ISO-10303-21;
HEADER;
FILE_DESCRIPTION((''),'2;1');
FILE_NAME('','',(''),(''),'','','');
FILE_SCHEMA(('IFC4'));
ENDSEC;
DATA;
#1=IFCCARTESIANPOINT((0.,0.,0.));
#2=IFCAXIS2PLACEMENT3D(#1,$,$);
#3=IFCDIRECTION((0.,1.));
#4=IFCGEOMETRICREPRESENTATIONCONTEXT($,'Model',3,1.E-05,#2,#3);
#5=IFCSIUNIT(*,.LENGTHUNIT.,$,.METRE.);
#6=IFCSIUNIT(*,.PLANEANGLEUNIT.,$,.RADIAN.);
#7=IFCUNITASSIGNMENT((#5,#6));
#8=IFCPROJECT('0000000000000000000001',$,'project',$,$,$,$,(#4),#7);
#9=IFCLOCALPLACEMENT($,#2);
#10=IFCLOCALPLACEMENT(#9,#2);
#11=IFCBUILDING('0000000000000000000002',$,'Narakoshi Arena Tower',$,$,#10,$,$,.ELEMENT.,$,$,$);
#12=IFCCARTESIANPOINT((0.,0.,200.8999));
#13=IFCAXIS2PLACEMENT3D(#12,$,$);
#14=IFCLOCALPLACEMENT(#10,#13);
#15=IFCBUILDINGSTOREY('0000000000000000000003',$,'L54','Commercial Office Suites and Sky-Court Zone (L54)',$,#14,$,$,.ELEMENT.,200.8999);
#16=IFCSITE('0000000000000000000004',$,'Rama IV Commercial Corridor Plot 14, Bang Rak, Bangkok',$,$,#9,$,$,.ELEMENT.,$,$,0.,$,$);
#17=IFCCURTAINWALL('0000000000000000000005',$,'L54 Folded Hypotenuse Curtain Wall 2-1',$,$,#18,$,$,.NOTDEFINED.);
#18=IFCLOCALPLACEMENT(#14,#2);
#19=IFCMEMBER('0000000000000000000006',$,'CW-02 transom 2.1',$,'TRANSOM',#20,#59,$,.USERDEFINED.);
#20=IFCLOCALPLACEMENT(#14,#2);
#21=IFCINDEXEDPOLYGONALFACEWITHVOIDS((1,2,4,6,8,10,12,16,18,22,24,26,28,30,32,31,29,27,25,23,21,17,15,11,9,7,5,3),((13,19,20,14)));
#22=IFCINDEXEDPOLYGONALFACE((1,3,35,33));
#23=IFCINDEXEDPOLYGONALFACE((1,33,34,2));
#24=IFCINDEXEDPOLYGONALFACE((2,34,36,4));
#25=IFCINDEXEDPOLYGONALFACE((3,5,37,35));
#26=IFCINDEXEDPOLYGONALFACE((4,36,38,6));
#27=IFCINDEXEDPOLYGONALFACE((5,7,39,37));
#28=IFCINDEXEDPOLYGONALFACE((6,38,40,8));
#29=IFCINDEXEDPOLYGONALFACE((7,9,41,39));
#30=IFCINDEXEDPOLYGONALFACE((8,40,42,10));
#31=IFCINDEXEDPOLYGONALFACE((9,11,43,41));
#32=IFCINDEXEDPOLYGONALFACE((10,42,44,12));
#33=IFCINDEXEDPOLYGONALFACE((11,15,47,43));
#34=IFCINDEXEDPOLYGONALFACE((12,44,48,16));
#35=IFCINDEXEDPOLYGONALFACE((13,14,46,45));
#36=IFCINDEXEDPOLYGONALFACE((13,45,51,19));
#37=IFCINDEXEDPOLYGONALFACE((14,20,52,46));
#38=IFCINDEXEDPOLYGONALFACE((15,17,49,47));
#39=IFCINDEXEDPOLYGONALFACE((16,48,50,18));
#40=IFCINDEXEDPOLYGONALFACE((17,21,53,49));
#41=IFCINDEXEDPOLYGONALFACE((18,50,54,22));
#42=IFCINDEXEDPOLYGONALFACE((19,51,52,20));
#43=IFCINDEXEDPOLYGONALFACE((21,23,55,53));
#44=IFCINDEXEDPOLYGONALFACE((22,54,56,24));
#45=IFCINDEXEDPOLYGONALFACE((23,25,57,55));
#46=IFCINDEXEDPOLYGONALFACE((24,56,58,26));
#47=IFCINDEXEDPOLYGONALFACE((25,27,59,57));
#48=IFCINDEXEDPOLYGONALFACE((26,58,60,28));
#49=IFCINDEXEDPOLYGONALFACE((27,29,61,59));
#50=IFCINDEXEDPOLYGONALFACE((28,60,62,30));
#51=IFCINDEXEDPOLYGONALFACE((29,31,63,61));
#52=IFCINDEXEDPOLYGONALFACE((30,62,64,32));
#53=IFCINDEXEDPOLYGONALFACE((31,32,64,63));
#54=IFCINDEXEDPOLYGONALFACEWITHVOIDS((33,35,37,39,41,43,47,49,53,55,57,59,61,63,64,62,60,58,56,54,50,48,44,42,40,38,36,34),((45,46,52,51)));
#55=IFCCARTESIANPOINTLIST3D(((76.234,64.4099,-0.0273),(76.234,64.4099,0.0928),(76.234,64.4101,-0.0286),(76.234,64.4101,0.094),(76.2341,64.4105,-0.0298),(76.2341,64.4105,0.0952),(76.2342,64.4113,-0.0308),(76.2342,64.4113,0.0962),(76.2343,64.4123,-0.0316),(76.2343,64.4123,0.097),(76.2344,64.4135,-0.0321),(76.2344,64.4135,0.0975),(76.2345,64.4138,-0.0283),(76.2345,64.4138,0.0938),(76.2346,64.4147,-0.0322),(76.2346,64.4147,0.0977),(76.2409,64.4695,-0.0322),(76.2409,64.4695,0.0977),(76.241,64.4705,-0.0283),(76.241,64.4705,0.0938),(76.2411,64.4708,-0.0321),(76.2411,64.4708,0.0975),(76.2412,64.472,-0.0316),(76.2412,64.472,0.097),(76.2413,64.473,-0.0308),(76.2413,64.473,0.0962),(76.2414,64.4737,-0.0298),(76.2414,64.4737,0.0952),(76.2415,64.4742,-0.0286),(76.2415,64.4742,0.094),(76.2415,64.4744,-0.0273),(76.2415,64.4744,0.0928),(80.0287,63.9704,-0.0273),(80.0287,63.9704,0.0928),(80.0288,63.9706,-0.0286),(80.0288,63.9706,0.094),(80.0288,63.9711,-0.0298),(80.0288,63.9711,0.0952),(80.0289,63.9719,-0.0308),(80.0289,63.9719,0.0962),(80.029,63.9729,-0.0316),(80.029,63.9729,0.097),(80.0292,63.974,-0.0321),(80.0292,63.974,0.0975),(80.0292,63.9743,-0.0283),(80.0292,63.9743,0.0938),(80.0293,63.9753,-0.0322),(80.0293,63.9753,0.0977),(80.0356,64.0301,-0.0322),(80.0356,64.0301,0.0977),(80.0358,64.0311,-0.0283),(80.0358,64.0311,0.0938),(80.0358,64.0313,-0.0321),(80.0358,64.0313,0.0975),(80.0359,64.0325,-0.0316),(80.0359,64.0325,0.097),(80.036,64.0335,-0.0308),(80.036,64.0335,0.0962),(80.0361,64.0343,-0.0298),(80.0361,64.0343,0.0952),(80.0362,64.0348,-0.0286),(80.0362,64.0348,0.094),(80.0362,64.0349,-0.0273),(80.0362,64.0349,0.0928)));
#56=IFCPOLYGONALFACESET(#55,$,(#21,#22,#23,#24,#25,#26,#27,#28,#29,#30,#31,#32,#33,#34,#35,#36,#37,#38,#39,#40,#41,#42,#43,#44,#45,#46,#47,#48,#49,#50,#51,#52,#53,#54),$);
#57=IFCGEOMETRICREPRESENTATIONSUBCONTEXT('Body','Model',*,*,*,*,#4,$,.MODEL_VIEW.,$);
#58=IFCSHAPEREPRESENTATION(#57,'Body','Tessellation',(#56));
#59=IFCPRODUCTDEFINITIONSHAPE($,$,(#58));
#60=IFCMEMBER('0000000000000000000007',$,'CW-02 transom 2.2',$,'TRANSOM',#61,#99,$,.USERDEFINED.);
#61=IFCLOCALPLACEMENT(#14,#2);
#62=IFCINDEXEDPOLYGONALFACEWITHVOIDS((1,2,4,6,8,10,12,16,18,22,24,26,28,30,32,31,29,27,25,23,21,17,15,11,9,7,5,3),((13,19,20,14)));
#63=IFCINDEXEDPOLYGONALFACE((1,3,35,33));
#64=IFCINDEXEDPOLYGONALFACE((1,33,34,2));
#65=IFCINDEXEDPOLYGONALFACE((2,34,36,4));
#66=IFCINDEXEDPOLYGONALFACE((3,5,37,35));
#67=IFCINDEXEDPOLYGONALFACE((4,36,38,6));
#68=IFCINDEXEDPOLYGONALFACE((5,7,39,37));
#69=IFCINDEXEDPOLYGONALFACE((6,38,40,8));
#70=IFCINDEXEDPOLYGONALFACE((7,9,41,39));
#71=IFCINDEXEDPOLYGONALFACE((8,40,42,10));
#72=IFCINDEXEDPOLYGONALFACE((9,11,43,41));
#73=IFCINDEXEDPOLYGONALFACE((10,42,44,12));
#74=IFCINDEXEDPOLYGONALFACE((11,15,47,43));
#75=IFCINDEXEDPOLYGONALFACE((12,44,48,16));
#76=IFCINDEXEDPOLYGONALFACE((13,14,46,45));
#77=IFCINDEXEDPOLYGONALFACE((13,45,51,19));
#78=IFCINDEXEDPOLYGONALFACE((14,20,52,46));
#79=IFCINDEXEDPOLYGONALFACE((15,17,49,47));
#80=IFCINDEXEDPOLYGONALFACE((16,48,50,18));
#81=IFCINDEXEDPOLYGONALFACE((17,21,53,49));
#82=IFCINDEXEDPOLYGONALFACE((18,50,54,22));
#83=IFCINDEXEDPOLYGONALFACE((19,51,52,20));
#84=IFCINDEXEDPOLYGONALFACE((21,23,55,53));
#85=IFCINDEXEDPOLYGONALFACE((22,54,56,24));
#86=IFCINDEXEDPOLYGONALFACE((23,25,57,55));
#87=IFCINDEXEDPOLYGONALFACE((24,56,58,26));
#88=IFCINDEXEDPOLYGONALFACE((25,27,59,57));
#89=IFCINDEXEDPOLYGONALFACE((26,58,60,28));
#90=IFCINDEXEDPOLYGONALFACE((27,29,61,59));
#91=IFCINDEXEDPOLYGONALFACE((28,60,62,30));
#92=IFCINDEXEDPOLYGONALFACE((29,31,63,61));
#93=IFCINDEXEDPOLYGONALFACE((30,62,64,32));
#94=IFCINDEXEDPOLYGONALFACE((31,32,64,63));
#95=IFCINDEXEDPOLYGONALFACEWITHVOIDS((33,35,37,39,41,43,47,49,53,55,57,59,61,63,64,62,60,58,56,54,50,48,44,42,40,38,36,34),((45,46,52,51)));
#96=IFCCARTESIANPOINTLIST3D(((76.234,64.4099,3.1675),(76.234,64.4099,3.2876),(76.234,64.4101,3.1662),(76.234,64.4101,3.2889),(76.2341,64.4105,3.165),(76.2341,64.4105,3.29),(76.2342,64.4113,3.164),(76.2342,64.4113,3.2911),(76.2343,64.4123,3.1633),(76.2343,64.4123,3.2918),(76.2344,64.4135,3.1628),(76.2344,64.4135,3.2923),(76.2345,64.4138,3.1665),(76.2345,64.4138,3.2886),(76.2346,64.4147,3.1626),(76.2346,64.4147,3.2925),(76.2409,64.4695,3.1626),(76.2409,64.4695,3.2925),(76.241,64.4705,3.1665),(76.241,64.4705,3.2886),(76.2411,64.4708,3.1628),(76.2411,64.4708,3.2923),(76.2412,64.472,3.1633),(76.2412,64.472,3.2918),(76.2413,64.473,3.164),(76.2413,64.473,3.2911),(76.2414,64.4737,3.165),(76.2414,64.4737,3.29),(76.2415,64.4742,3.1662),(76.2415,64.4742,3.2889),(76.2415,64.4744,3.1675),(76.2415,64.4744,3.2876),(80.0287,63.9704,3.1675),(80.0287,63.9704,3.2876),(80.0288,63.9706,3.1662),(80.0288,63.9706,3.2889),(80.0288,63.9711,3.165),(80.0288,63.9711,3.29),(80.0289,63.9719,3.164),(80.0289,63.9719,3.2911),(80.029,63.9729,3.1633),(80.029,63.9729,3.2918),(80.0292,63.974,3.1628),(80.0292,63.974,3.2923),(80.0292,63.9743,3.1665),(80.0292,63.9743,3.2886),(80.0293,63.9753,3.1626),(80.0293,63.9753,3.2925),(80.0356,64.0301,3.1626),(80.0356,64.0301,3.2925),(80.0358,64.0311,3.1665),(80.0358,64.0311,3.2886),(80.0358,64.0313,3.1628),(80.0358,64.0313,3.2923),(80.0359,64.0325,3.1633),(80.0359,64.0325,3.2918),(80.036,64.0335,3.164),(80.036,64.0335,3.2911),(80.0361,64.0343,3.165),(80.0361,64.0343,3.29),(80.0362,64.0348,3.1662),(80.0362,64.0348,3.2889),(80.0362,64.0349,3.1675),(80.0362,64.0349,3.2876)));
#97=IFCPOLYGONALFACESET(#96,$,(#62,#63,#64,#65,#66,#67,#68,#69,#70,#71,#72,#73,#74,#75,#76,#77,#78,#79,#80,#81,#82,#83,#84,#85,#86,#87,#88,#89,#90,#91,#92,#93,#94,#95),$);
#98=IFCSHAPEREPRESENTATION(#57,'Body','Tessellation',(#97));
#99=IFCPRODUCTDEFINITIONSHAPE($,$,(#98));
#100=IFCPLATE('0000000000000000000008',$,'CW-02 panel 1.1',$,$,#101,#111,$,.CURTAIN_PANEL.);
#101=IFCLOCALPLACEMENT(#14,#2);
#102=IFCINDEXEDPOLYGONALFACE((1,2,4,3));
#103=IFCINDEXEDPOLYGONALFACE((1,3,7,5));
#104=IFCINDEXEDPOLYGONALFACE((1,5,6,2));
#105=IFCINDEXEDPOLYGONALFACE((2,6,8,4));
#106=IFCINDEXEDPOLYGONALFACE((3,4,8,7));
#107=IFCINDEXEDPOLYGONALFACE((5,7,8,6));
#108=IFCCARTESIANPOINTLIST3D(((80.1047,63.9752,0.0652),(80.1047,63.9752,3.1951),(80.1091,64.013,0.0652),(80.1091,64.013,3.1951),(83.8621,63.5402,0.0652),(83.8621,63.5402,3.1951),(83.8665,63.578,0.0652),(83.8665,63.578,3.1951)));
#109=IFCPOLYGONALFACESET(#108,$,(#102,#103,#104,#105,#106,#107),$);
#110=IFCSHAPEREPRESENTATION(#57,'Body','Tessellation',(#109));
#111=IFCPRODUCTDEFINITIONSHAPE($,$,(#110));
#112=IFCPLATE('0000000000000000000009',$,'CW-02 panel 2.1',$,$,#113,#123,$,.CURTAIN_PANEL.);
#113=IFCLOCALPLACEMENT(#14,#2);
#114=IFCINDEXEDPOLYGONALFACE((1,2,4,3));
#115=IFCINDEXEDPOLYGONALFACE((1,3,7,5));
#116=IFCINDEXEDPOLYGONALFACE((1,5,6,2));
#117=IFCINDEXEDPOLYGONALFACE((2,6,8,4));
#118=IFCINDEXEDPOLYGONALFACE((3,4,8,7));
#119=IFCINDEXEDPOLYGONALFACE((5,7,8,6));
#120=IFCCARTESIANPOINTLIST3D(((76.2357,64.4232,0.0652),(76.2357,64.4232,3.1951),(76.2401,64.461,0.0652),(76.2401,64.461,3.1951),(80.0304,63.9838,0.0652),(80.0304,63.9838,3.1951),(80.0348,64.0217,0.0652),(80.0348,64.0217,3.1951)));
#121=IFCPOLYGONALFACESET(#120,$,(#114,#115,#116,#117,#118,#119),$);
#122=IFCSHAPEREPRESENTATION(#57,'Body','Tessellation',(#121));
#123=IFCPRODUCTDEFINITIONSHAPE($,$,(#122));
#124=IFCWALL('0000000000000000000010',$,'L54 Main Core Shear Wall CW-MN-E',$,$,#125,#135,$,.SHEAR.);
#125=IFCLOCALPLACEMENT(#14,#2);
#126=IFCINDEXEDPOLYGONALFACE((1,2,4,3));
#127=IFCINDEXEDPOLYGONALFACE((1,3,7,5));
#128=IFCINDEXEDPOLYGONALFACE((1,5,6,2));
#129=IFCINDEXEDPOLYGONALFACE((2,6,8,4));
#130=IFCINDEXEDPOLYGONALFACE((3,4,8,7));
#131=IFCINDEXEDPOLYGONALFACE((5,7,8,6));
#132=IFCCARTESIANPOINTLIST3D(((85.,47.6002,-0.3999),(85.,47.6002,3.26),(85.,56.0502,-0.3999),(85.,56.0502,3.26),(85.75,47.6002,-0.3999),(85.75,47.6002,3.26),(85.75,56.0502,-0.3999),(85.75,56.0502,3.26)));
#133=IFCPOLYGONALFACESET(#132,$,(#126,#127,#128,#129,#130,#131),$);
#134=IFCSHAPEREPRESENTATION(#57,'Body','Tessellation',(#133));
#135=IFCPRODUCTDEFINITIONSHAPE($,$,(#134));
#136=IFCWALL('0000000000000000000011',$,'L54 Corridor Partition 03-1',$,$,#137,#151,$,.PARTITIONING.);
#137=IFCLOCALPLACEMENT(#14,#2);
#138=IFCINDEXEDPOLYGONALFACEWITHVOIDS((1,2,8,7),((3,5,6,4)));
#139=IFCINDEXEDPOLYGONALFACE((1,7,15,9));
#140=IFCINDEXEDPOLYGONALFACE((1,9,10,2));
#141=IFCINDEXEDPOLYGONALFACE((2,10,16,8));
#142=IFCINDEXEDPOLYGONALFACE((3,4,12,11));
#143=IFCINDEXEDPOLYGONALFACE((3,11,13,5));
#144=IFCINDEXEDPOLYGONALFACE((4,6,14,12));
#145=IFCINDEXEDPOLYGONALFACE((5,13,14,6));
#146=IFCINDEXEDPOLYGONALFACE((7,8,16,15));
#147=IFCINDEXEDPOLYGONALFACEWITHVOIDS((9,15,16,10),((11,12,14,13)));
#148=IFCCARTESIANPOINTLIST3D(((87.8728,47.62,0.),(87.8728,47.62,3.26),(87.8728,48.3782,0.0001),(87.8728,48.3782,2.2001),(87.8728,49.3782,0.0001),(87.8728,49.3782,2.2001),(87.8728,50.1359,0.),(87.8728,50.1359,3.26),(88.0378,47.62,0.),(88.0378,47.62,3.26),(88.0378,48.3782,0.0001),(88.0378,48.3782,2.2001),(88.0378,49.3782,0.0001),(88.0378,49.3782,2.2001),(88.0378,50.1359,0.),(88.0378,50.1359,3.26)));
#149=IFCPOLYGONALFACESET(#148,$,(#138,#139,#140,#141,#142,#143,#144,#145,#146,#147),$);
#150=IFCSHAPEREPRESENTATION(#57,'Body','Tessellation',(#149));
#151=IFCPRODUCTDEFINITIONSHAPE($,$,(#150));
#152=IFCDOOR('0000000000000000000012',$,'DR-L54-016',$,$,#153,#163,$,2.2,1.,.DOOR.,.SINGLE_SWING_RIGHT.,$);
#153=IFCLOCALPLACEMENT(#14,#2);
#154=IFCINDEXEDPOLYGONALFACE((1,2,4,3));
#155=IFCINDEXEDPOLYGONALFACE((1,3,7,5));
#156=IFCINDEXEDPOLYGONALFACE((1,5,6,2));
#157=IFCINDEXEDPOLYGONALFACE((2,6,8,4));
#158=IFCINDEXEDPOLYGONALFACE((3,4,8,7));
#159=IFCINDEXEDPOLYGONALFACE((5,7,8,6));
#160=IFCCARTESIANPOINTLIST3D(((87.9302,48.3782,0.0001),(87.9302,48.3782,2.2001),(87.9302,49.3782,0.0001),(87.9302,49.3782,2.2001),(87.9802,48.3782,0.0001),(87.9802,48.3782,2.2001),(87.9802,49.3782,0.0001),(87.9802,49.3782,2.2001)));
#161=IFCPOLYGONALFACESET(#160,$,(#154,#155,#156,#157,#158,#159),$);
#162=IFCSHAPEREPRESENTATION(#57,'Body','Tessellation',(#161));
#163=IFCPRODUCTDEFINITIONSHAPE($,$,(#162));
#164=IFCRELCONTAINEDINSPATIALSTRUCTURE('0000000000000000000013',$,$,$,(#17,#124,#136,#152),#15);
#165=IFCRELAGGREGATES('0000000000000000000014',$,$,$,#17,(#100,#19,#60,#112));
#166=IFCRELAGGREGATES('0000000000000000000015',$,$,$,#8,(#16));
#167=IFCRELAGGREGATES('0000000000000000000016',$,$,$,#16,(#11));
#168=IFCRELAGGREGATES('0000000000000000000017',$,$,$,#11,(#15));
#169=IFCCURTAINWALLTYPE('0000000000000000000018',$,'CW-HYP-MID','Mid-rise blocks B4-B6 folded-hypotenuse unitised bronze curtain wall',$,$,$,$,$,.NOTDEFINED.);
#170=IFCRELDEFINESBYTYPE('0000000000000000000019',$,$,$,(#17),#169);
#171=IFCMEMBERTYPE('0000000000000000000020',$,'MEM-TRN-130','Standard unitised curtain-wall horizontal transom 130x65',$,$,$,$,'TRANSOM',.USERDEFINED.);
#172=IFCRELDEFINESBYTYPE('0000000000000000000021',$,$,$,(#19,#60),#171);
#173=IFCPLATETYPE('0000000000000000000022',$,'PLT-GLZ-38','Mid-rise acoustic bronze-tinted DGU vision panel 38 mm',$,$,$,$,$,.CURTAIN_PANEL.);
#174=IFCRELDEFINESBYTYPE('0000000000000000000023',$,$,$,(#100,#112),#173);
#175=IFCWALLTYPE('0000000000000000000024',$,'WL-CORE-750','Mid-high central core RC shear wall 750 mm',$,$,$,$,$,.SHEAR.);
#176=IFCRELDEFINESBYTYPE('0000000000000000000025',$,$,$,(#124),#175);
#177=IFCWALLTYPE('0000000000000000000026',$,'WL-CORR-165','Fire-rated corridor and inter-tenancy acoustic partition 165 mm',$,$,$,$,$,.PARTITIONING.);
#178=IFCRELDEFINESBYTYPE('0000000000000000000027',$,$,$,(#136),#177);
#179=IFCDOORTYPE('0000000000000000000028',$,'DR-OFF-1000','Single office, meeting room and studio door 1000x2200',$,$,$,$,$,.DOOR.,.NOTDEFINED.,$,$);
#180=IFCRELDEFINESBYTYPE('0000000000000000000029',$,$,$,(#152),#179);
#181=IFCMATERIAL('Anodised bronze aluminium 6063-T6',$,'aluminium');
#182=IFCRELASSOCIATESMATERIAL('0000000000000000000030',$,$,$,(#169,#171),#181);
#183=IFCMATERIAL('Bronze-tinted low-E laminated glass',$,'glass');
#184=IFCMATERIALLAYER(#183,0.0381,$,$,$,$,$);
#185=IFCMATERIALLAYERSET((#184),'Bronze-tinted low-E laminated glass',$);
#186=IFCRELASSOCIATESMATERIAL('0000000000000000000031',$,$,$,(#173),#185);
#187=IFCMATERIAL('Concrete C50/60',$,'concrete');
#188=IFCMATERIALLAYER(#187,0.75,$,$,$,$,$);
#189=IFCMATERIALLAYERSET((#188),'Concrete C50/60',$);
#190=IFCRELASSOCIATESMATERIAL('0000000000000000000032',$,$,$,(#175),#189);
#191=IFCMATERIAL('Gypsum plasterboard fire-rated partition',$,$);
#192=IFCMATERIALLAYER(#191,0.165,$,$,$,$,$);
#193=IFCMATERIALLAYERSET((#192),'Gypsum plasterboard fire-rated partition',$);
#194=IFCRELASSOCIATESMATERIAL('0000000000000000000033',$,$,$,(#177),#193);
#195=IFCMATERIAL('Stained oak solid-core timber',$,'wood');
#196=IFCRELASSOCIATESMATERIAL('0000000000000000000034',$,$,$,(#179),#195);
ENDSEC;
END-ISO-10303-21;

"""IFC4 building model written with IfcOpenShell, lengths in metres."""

from ifc_helpers import new_model, si_unit, direction, frame, frame_2d, origin, origin_2d, place, context, subcontext, project, spatial, rectangle, hollow_rectangle, extrude, material, layer, layer_set, material_profile, profile_set, type_object, element, fill, aggregate, save


model = new_model("IFC4")

# Units and contexts
model_context = context("Model", 3, precision=1e-05, world=origin(), true_north=direction((0.0, 1.0)))
body_context = subcontext(model_context, "Body", "Model", "MODEL_VIEW")
ifc_project = project(units=[si_unit("LENGTHUNIT", "METRE"), si_unit("PLANEANGLEUNIT", "RADIAN")], contexts=[model_context])

# Site, building, storey
site_placement = place(None, origin())
site = spatial("IfcSite", under=ifc_project, at=site_placement, Name="Rama IV Commercial Corridor Plot 14, Bang Rak, Bangkok", CompositionType="ELEMENT", RefElevation=0.0)
building_placement = place(site_placement, origin())
building = spatial("IfcBuilding", under=site, at=building_placement, Name="Narakoshi Arena Tower", CompositionType="ELEMENT")
storey_placement = place(building_placement, frame((0.0, 0.0, 200.8999)))
storey = spatial("IfcBuildingStorey", under=building, at=storey_placement, Name="L54", Description="Commercial Office Suites and Sky-Court Zone (L54)", CompositionType="ELEMENT", Elevation=200.8999)

# Curtain wall, members, plates
ifc_material_1 = material(Name="Anodised bronze aluminium 6063-T6", Category="aluminium")
curtain_wall_type = type_object("IfcCurtainWallType", Name="CW-HYP-MID", Description="Mid-rise blocks B4-B6 folded-hypotenuse unitised bronze curtain wall", PredefinedType="NOTDEFINED", material=ifc_material_1)
curtain_wall_placement = place(storey_placement, origin())
curtain_wall = element("IfcCurtainWall", 1, at=curtain_wall_placement, inside=storey, type_object=curtain_wall_type, Name="L54 Folded Hypotenuse Curtain Wall 2-1", PredefinedType="NOTDEFINED")
ifc_material_profile_1 = material_profile(ifc_material_1, hollow_rectangle(XDim=0.0649, YDim=0.1299, WallThickness=0.0039, OuterFilletRadius=0.0049, at=origin_2d()), Name="TRN130x65x4")
ifc_profile_set_1 = profile_set([ifc_material_profile_1], Name="Anodised bronze aluminium 6063-T6")
member_type_1 = type_object("IfcMemberType", Name="MEM-TRN-130", Description="Standard unitised curtain-wall horizontal transom 130x65", ElementType="TRANSOM", PredefinedType="USERDEFINED", material=ifc_profile_set_1)
member_1_placement = place(storey_placement, frame((80.0325, 64.0027, 0.0327), z_axis=(-0.993361, 0.115039, 0.0), x_axis=(-0.115039, -0.993361, 0.0)))
member_1 = element("IfcMember", 2, at=member_1_placement, type_object=member_type_1, Name="CW-02 transom 2.1", ObjectType="TRANSOM", PredefinedType="USERDEFINED", context=body_context, shape_type="SweptSolid", body=[
    extrude(hollow_rectangle(XDim=0.0649, YDim=0.1299, WallThickness=0.0039, OuterFilletRadius=0.0049, at=origin_2d()), origin(), (0.0, 0.0, 1.0), 3.8201),
])
member_2_placement = place(storey_placement, frame((80.0325, 64.0027, 3.2275), z_axis=(-0.993361, 0.115039, 0.0), x_axis=(-0.115039, -0.993361, 0.0)))
member_2 = element("IfcMember", 3, at=member_2_placement, type_object=member_type_1, Name="CW-02 transom 2.2", ObjectType="TRANSOM", PredefinedType="USERDEFINED", context=body_context, shape_type="SweptSolid", body=[
    extrude(hollow_rectangle(XDim=0.0649, YDim=0.1299, WallThickness=0.0039, OuterFilletRadius=0.0049, at=origin_2d()), origin(), (0.0, 0.0, 1.0), 3.8201),
])
ifc_material_2 = material(Name="Bronze-tinted low-E laminated glass", Category="glass")
ifc_layer_1 = layer(ifc_material_2, 0.0381)
ifc_layer_set_1 = layer_set([ifc_layer_1], Name="Bronze-tinted low-E laminated glass")
plate_type = type_object("IfcPlateType", Name="PLT-GLZ-38", Description="Mid-rise acoustic bronze-tinted DGU vision panel 38 mm", PredefinedType="CURTAIN_PANEL", material=ifc_layer_set_1)
plate_1_placement = place(storey_placement, frame((81.9856, 63.7766, 0.0652), z_axis=(0.0, 0.0, 1.0), x_axis=(-0.993364, 0.115011, 0.0)))
plate_1 = element("IfcPlate", 4, at=plate_1_placement, type_object=plate_type, Name="CW-02 panel 1.1", PredefinedType="CURTAIN_PANEL", context=body_context, shape_type="SweptSolid", body=[
    extrude(rectangle(XDim=3.7825, YDim=0.0381, at=origin_2d()), origin(), (0.0, 0.0, 1.0), 3.1299),
])
plate_2_placement = place(storey_placement, frame((78.1353, 64.2224, 0.0652), z_axis=(0.0, 0.0, 1.0), x_axis=(-0.993364, 0.115011, 0.0)))
plate_2 = element("IfcPlate", 5, at=plate_2_placement, type_object=plate_type, Name="CW-02 panel 2.1", PredefinedType="CURTAIN_PANEL", context=body_context, shape_type="SweptSolid", body=[
    extrude(rectangle(XDim=3.8201, YDim=0.0381, at=origin_2d()), origin(), (0.0, 0.0, 1.0), 3.1299),
])
aggregate(curtain_wall, [plate_1, member_1, member_2, plate_2])

# Wall
ifc_material_3 = material(Name="Concrete C50/60", Category="concrete")
ifc_layer_2 = layer(ifc_material_3, 0.75)
ifc_layer_set_2 = layer_set([ifc_layer_2], Name="Concrete C50/60")
wall_type_1 = type_object("IfcWallType", Name="WL-CORE-750", Description="Mid-high central core RC shear wall 750 mm", PredefinedType="SHEAR", material=ifc_layer_set_2)
wall_1_placement = place(storey_placement, frame((85.375, 47.6001, -0.3999), z_axis=(0.0, 0.0, 1.0), x_axis=(0.0, 1.0, 0.0)))
element("IfcWall", 6, at=wall_1_placement, inside=storey, type_object=wall_type_1, Name="L54 Main Core Shear Wall CW-MN-E", PredefinedType="SHEAR", context=body_context, shape_type="SweptSolid", body=[
    extrude(rectangle(XDim=8.45, YDim=0.75, at=frame_2d((4.2251, 0.0))), origin(), (0.0, 0.0, 1.0), 3.6599),
])

# Wall, opening, door
ifc_material_4 = material(Name="Gypsum plasterboard fire-rated partition")
ifc_layer_3 = layer(ifc_material_4, 0.165)
ifc_layer_set_3 = layer_set([ifc_layer_3], Name="Gypsum plasterboard fire-rated partition")
wall_type_2 = type_object("IfcWallType", Name="WL-CORR-165", Description="Fire-rated corridor and inter-tenancy acoustic partition 165 mm", PredefinedType="PARTITIONING", material=ifc_layer_set_3)
wall_2_placement = place(storey_placement, frame((87.9553, 47.6201, 0.0), z_axis=(0.0, 0.0, 1.0), x_axis=(0.0, 1.0, 0.0)))
wall_2 = element("IfcWall", 7, at=wall_2_placement, inside=storey, type_object=wall_type_2, Name="L54 Corridor Partition 03-1", PredefinedType="PARTITIONING", context=body_context, shape_type="SweptSolid", body=[
    extrude(rectangle(XDim=2.5159, YDim=0.165, at=frame_2d((1.2578, 0.0))), origin(), (0.0, 0.0, 1.0), 3.26),
])
opening_1_placement = place(wall_2_placement, frame((0.7581, 0.0, 0.0)))
opening_1 = element("IfcOpeningElement", 8, at=opening_1_placement, cuts=wall_2, PredefinedType="OPENING", context=body_context, shape_type="SweptSolid", body=[
    extrude(rectangle(XDim=1.0, YDim=2.2, at=frame_2d((0.5, 1.1001))), frame((0.0, 0.0925, 0.0), z_axis=(0.0, -1.0, 0.0), x_axis=(1.0, 0.0, 0.0)), (0.0, 0.0, 1.0), 0.1851),
])
ifc_material_5 = material(Name="Stained oak solid-core timber", Category="wood")
door_type_1 = type_object("IfcDoorType", Name="DR-OFF-1000", Description="Single office, meeting room and studio door 1000x2200", OperationType="NOTDEFINED", PredefinedType="DOOR", material=ifc_material_5)
door_1_placement = place(opening_1_placement, frame((1.0, 0.0, 0.0), z_axis=(0.0, 0.0, 1.0), x_axis=(-1.0, 0.0, 0.0)))
door_1 = element("IfcDoor", 9, at=door_1_placement, inside=storey, type_object=door_type_1, Name="DR-L54-016", OperationType="SINGLE_SWING_RIGHT", OverallHeight=2.2, OverallWidth=1.0, PredefinedType="DOOR", context=body_context, shape_type="SweptSolid", body=[
    extrude(rectangle(XDim=1.0, YDim=2.2, at=frame_2d((0.5, 1.1001))), frame((0.0, 0.0249, 0.0), z_axis=(0.0, -1.0, 0.0), x_axis=(1.0, 0.0, 0.0)), (0.0, 0.0, 1.0), 0.05),
])
fill(opening_1, door_1)

save(model, "model.ifc")
